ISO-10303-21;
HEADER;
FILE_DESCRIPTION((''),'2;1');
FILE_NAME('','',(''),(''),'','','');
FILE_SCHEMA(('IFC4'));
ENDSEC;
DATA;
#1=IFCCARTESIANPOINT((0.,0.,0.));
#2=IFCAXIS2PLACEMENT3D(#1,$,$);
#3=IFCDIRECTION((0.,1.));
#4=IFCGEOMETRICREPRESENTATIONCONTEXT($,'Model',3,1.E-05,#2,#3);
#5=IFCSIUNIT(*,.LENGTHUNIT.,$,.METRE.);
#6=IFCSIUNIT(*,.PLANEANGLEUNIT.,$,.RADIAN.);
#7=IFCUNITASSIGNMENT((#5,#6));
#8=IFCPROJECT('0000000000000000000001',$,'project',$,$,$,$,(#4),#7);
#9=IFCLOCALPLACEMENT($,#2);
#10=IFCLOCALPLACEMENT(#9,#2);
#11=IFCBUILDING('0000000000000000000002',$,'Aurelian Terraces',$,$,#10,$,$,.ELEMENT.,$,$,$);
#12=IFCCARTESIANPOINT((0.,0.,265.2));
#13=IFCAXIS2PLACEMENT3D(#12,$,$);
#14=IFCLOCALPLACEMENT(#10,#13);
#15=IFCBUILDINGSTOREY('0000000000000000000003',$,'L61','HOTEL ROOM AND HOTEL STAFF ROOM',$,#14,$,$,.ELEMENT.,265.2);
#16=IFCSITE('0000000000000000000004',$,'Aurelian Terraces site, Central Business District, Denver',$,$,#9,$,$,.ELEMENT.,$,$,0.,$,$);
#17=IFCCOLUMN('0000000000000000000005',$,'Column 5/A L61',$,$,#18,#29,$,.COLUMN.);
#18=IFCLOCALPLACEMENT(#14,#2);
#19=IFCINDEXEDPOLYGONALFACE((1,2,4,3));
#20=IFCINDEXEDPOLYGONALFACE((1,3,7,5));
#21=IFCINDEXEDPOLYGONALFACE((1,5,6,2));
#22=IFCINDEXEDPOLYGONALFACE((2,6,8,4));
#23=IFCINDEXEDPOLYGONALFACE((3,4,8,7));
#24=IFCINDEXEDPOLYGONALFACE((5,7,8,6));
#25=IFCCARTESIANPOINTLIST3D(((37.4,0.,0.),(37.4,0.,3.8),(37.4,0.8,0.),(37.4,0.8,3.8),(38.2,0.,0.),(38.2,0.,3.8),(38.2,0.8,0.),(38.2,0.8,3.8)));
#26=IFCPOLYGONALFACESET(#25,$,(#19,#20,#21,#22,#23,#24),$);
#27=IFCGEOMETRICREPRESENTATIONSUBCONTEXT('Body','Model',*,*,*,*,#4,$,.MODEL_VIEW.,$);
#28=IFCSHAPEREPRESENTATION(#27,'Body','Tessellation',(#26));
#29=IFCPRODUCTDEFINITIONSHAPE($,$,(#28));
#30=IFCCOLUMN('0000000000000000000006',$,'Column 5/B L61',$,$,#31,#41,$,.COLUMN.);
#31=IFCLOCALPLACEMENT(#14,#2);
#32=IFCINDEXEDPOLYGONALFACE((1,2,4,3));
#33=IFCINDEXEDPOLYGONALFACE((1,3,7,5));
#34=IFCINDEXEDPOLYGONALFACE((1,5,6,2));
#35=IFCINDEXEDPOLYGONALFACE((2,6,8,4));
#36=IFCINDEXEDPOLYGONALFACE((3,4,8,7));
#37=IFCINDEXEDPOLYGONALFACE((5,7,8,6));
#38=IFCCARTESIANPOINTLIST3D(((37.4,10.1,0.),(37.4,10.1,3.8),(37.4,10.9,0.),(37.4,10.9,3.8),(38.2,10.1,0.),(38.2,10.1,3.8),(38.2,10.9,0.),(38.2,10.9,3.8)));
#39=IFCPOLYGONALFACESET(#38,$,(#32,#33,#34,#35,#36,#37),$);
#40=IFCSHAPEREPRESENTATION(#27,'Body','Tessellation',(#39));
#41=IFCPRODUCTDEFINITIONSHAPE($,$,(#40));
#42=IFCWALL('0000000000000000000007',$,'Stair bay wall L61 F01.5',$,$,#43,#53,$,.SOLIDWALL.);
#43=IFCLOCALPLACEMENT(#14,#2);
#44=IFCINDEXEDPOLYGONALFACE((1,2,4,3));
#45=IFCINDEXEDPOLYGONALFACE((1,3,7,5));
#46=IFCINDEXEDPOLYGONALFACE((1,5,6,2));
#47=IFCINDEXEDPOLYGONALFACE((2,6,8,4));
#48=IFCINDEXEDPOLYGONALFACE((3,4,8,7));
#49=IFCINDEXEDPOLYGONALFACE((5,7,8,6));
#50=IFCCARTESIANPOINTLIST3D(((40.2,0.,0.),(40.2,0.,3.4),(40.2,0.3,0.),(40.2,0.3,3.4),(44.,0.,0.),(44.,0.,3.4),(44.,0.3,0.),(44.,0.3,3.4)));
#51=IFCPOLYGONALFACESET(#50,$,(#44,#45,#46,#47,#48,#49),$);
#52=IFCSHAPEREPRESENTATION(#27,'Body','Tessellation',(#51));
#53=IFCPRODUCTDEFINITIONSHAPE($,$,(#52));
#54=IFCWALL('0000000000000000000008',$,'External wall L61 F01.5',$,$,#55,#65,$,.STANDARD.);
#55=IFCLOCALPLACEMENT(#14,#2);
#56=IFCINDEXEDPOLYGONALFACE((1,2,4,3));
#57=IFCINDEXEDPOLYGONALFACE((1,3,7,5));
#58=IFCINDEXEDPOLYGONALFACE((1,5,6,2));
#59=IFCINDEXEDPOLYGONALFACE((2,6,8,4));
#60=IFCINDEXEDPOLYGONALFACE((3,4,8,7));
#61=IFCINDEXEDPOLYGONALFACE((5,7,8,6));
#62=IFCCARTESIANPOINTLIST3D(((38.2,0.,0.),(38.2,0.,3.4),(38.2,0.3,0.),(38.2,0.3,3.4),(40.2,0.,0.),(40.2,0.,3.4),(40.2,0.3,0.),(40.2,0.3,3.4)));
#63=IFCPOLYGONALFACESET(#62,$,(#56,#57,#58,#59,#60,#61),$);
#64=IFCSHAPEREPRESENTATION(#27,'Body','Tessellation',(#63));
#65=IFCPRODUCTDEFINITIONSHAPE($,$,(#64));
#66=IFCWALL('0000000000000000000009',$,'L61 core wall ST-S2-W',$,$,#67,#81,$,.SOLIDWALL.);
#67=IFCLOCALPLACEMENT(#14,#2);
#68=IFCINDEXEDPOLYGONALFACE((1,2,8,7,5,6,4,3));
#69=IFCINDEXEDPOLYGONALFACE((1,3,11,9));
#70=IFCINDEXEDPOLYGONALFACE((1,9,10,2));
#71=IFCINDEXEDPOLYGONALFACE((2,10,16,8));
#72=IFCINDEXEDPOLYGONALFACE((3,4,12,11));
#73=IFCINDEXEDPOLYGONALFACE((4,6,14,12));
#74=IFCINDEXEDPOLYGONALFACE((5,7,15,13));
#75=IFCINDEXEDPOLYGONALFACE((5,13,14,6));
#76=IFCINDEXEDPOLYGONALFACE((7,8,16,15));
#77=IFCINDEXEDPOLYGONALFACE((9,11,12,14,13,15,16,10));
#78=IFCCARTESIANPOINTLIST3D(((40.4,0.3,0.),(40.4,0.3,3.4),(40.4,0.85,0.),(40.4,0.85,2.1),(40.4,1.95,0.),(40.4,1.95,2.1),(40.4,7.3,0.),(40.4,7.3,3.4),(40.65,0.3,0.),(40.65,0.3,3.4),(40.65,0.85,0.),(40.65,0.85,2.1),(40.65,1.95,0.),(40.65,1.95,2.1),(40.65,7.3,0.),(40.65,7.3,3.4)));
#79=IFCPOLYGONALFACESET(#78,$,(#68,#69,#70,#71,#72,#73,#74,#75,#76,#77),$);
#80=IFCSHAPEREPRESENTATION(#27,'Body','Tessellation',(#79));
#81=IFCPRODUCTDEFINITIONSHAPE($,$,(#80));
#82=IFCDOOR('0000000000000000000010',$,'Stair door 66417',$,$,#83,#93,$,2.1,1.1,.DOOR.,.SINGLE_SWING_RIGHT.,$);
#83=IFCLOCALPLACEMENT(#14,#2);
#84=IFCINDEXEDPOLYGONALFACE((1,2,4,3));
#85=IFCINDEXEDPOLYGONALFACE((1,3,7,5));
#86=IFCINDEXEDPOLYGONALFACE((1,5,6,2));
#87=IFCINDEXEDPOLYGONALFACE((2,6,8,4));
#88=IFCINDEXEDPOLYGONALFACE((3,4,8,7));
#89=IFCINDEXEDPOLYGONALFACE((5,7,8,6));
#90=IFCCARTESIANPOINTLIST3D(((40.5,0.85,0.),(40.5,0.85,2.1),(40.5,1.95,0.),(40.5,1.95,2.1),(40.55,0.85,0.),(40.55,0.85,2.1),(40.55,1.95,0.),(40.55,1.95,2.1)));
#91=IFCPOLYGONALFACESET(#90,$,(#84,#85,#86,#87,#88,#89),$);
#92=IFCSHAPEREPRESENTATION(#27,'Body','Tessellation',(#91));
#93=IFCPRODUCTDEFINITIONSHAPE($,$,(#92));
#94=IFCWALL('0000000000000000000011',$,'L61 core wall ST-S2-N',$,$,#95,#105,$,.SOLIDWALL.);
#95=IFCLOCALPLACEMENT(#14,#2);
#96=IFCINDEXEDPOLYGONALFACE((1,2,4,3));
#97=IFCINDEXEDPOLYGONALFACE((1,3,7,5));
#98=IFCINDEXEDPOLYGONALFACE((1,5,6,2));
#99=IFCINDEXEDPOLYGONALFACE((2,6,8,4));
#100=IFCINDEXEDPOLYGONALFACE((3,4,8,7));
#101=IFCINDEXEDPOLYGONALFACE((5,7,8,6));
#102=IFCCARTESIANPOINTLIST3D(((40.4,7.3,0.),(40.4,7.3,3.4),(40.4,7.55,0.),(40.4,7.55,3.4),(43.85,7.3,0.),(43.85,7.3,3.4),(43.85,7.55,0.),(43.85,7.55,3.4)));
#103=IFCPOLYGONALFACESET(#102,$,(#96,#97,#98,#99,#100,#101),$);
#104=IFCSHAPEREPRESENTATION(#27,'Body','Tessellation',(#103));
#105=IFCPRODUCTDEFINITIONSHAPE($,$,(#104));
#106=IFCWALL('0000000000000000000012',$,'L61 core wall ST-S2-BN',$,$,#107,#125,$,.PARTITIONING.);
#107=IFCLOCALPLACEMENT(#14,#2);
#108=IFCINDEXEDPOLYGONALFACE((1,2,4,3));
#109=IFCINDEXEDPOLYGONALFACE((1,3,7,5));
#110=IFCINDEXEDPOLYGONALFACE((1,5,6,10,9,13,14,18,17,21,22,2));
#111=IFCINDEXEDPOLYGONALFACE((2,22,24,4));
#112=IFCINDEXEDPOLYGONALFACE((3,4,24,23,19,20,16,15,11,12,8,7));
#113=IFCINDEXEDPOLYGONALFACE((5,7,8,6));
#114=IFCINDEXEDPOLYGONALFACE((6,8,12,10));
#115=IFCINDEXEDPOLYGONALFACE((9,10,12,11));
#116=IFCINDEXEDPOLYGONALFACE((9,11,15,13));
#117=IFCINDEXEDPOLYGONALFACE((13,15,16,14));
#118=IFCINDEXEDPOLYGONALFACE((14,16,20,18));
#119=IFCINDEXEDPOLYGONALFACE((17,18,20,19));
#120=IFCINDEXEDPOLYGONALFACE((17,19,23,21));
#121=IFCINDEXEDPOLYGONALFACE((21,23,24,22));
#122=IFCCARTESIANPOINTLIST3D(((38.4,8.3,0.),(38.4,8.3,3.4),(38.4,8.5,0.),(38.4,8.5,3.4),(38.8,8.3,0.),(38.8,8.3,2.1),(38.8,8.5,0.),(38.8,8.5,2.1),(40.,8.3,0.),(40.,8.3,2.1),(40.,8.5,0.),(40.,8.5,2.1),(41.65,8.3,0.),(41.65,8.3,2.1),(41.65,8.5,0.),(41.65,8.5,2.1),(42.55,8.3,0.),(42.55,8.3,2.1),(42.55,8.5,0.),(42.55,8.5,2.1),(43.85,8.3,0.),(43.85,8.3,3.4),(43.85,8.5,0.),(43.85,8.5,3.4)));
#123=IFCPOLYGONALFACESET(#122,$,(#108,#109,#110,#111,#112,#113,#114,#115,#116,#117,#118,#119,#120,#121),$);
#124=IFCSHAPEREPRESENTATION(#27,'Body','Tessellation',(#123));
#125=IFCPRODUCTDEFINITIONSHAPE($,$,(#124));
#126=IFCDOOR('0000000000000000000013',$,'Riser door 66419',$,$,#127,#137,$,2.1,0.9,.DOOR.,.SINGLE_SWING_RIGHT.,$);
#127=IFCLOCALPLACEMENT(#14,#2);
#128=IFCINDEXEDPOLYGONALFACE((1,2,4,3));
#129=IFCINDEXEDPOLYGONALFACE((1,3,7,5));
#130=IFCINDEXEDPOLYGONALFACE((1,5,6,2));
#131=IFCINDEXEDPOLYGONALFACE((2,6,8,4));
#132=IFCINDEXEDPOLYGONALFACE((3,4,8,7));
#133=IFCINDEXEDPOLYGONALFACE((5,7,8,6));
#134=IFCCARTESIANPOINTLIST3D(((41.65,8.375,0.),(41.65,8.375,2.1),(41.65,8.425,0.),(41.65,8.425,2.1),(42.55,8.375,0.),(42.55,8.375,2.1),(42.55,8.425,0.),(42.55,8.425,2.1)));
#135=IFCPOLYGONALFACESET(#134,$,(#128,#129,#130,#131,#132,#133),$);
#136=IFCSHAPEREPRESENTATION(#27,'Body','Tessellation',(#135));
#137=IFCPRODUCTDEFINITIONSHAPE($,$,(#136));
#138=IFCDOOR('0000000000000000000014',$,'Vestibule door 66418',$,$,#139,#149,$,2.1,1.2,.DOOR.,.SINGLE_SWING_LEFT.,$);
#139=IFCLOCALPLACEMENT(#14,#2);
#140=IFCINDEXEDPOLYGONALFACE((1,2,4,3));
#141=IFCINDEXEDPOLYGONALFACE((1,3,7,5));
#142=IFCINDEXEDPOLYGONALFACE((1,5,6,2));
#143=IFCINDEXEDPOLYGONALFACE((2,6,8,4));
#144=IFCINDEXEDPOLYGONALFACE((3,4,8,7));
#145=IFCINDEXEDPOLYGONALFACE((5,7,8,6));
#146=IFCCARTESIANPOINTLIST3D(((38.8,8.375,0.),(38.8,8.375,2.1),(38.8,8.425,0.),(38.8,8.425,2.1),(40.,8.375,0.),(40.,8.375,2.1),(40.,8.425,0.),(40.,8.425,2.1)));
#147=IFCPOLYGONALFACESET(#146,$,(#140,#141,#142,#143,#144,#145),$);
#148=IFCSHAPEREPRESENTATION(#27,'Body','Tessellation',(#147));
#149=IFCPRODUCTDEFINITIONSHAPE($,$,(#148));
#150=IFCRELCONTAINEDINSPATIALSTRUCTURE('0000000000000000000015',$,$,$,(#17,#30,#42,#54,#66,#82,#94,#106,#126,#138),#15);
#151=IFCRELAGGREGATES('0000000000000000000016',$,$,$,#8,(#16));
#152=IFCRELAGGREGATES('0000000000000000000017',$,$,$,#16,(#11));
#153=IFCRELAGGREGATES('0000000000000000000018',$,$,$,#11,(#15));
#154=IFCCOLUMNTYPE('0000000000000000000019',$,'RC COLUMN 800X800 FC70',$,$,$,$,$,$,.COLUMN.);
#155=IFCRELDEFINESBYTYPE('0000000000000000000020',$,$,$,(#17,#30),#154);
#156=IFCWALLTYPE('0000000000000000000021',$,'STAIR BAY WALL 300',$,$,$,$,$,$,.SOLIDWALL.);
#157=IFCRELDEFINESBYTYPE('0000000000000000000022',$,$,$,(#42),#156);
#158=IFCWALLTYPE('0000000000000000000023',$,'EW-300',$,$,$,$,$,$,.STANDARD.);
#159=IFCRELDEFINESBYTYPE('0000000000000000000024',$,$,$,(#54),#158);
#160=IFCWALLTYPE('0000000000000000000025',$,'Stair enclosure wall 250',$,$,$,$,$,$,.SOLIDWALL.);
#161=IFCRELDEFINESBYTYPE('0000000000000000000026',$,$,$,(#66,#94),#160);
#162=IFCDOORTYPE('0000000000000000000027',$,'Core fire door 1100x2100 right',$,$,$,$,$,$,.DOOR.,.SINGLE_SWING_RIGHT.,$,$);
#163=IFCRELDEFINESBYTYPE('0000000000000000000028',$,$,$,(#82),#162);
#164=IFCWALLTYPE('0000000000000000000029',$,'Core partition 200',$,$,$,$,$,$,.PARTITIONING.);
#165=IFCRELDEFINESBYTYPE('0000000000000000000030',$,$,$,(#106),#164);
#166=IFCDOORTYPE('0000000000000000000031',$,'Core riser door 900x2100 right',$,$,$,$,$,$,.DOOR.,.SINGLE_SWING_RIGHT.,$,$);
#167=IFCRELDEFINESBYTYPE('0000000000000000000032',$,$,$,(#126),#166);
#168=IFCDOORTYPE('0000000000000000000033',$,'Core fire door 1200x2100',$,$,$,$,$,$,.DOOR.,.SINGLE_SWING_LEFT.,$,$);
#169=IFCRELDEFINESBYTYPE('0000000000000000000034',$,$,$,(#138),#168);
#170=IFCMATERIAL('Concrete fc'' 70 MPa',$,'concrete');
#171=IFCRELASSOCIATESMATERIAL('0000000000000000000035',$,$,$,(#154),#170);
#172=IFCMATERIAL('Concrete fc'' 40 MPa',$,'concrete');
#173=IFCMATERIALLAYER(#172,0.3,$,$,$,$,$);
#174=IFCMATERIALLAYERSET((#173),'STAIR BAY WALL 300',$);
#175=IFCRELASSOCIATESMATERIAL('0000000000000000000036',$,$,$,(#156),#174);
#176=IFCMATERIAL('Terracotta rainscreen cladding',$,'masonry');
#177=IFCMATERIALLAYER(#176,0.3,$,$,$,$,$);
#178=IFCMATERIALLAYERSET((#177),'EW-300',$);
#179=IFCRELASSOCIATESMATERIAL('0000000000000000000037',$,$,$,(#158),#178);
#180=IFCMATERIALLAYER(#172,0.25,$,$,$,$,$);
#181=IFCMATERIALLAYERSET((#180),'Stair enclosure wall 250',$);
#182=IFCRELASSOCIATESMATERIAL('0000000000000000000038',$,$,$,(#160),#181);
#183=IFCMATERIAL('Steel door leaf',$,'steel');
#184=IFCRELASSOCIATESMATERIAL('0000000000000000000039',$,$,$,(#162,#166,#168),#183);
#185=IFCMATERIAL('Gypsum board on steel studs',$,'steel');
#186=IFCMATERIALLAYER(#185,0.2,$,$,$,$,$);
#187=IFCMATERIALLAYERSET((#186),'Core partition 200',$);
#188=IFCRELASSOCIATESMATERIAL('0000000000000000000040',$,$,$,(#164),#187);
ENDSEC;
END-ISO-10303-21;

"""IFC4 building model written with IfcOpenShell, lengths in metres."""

from ifc_helpers import new_model, si_unit, direction, frame, frame_2d, origin, origin_2d, place, context, subcontext, project, spatial, rectangle, extrude, source, transform, mapped, material, layer, layer_set, material_profile, profile_set, type_object, element, fill, save


model = new_model("IFC4")

# Units and contexts
model_context = context("Model", 3, precision=1e-05, world=origin(), true_north=direction((0.0, 1.0)))
body_context = subcontext(model_context, "Body", "Model", "MODEL_VIEW")
ifc_project = project(units=[si_unit("LENGTHUNIT", "METRE"), si_unit("PLANEANGLEUNIT", "RADIAN")], contexts=[model_context])

# Site, building, storey
site_placement = place(None, origin())
site = spatial("IfcSite", under=ifc_project, at=site_placement, Name="Aurelian Terraces site, Central Business District, Denver", CompositionType="ELEMENT", RefElevation=0.0)
building_placement = place(site_placement, origin())
building = spatial("IfcBuilding", under=site, at=building_placement, Name="Aurelian Terraces", CompositionType="ELEMENT")
storey_placement = place(building_placement, frame((0.0, 0.0, 265.2)))
storey = spatial("IfcBuildingStorey", under=building, at=storey_placement, Name="L61", Description="HOTEL ROOM AND HOTEL STAFF ROOM", CompositionType="ELEMENT", Elevation=265.2)

# Columns
ifc_material_1 = material(Name="Concrete fc' 70 MPa", Category="concrete")
ifc_material_profile = material_profile(ifc_material_1, rectangle(XDim=0.8, YDim=0.8, at=origin_2d()))
ifc_profile_set = profile_set([ifc_material_profile], Name="Concrete fc' 70 MPa")
column_type = type_object("IfcColumnType", Name="RC COLUMN 800X800 FC70", PredefinedType="COLUMN", material=ifc_profile_set)
shared_shape_1 = source(origin(), body_context, "Body", "SweptSolid", [
    extrude(rectangle(XDim=0.8, YDim=0.8, at=origin_2d()), origin(), (0.0, 0.0, 1.0), 3.8),
])
for number, where, z_axis, x_axis, name in (
    (1, (37.8, 0.4, 0.0), (0.0, 0.0, 1.0), (1.0, 0.0, 0.0), "Column 5/A L61"),
    (2, (37.8, 10.5, 0.0), (0.0, 0.0, 1.0), (1.0, 0.0, 0.0), "Column 5/B L61"),
):
    element("IfcColumn", number, at=place(storey_placement, frame(where, z_axis=z_axis, x_axis=x_axis)), inside=storey, type_object=column_type, Name=name, PredefinedType="COLUMN", context=body_context, shape_type="MappedRepresentation", body=[
        mapped(shared_shape_1, transform((0.0, 0.0, 0.0), scale=1.0)),
    ])

# Walls
ifc_material_2 = material(Name="Concrete fc' 40 MPa", Category="concrete")
ifc_layer_1 = layer(ifc_material_2, 0.3)
ifc_layer_set_1 = layer_set([ifc_layer_1], Name="STAIR BAY WALL 300")
wall_type_1 = type_object("IfcWallType", Name="STAIR BAY WALL 300", PredefinedType="SOLIDWALL", material=ifc_layer_set_1)
shared_shape_2 = source(origin(), body_context, "Body", "SweptSolid", [
    extrude(rectangle(XDim=3.8, YDim=0.3, at=frame_2d((1.9, 0.0))), origin(), (0.0, 0.0, 1.0), 3.4),
])
wall_1_placement = place(storey_placement, frame((40.2, 0.15, 0.0), z_axis=(0.0, 0.0, 1.0), x_axis=(1.0, 0.0, 0.0)))
element("IfcWall", 3, at=wall_1_placement, inside=storey, type_object=wall_type_1, Name="Stair bay wall L61 F01.5", PredefinedType="SOLIDWALL", context=body_context, shape_type="MappedRepresentation", body=[
    mapped(shared_shape_2, transform((0.0, 0.0, 0.0), scale=1.0)),
])
ifc_material_3 = material(Name="Terracotta rainscreen cladding", Category="masonry")
ifc_layer_2 = layer(ifc_material_3, 0.3)
ifc_layer_set_2 = layer_set([ifc_layer_2], Name="EW-300")
wall_type_2 = type_object("IfcWallType", Name="EW-300", PredefinedType="STANDARD", material=ifc_layer_set_2)
shared_shape_3 = source(origin(), body_context, "Body", "SweptSolid", [
    extrude(rectangle(XDim=2.0, YDim=0.3, at=frame_2d((1.0, 0.0))), origin(), (0.0, 0.0, 1.0), 3.4),
])
wall_2_placement = place(storey_placement, frame((38.2, 0.15, 0.0), z_axis=(0.0, 0.0, 1.0), x_axis=(1.0, 0.0, 0.0)))
element("IfcWall", 4, at=wall_2_placement, inside=storey, type_object=wall_type_2, Name="External wall L61 F01.5", PredefinedType="STANDARD", context=body_context, shape_type="MappedRepresentation", body=[
    mapped(shared_shape_3, transform((0.0, 0.0, 0.0), scale=1.0)),
])

# Wall, opening, door
ifc_layer_3 = layer(ifc_material_2, 0.25)
ifc_layer_set_3 = layer_set([ifc_layer_3], Name="Stair enclosure wall 250")
wall_type_3 = type_object("IfcWallType", Name="Stair enclosure wall 250", PredefinedType="SOLIDWALL", material=ifc_layer_set_3)
shared_shape_4 = source(origin(), body_context, "Body", "SweptSolid", [
    extrude(rectangle(XDim=7.0, YDim=0.25, at=frame_2d((3.5, 0.0))), origin(), (0.0, 0.0, 1.0), 3.4),
])
wall_3_placement = place(storey_placement, frame((40.525, 0.3, 0.0), z_axis=(0.0, 0.0, 1.0), x_axis=(0.0, 1.0, 0.0)))
wall_3 = element("IfcWall", 5, at=wall_3_placement, inside=storey, type_object=wall_type_3, Name="L61 core wall ST-S2-W", PredefinedType="SOLIDWALL", context=body_context, shape_type="MappedRepresentation", body=[
    mapped(shared_shape_4, transform((0.0, 0.0, 0.0), scale=1.0)),
])
shared_shape_5 = source(origin(), body_context, "Body", "SweptSolid", [
    extrude(rectangle(XDim=1.1, YDim=2.1, at=frame_2d((0.55, 1.05))), frame((0.0, 0.135, 0.0), z_axis=(0.0, -1.0, 0.0), x_axis=(1.0, 0.0, 0.0)), (0.0, 0.0, 1.0), 0.27),
])
opening_1_placement = place(wall_3_placement, frame((0.55, 0.0, 0.0)))
opening_1 = element("IfcOpeningElement", 6, at=opening_1_placement, cuts=wall_3, PredefinedType="OPENING", context=body_context, shape_type="MappedRepresentation", body=[
    mapped(shared_shape_5, transform((0.0, 0.0, 0.0), scale=1.0)),
])
ifc_material_4 = material(Name="Steel door leaf", Category="steel")
door_type_1 = type_object("IfcDoorType", Name="Core fire door 1100x2100 right", OperationType="SINGLE_SWING_RIGHT", PredefinedType="DOOR", material=ifc_material_4)
shared_shape_6 = source(origin(), body_context, "Body", "SweptSolid", [
    extrude(rectangle(XDim=1.1, YDim=2.1, at=frame_2d((0.55, 1.05))), frame((0.0, 0.025, 0.0), z_axis=(0.0, -1.0, 0.0), x_axis=(1.0, 0.0, 0.0)), (0.0, 0.0, 1.0), 0.05),
])
door_1_placement = place(opening_1_placement, origin())
door_1 = element("IfcDoor", 7, at=door_1_placement, inside=storey, type_object=door_type_1, Name="Stair door 66417", OperationType="SINGLE_SWING_RIGHT", OverallHeight=2.1, OverallWidth=1.1, PredefinedType="DOOR", context=body_context, shape_type="MappedRepresentation", body=[
    mapped(shared_shape_6, transform((0.0, 0.0, 0.0), scale=1.0)),
])
fill(opening_1, door_1)

# Wall
shared_shape_7 = source(origin(), body_context, "Body", "SweptSolid", [
    extrude(rectangle(XDim=3.45, YDim=0.25, at=frame_2d((1.725, 0.0))), origin(), (0.0, 0.0, 1.0), 3.4),
])
wall_4_placement = place(storey_placement, frame((40.4, 7.425, 0.0), z_axis=(0.0, 0.0, 1.0), x_axis=(1.0, 0.0, 0.0)))
element("IfcWall", 8, at=wall_4_placement, inside=storey, type_object=wall_type_3, Name="L61 core wall ST-S2-N", PredefinedType="SOLIDWALL", context=body_context, shape_type="MappedRepresentation", body=[
    mapped(shared_shape_7, transform((0.0, 0.0, 0.0), scale=1.0)),
])

# Wall, openings, doors
ifc_material_5 = material(Name="Gypsum board on steel studs", Category="steel")
ifc_layer_4 = layer(ifc_material_5, 0.2)
ifc_layer_set_4 = layer_set([ifc_layer_4], Name="Core partition 200")
wall_type_4 = type_object("IfcWallType", Name="Core partition 200", PredefinedType="PARTITIONING", material=ifc_layer_set_4)
shared_shape_8 = source(origin(), body_context, "Body", "SweptSolid", [
    extrude(rectangle(XDim=5.45, YDim=0.2, at=frame_2d((2.725, 0.0))), origin(), (0.0, 0.0, 1.0), 3.4),
])
wall_5_placement = place(storey_placement, frame((38.4, 8.4, 0.0), z_axis=(0.0, 0.0, 1.0), x_axis=(1.0, 0.0, 0.0)))
wall_5 = element("IfcWall", 9, at=wall_5_placement, inside=storey, type_object=wall_type_4, Name="L61 core wall ST-S2-BN", PredefinedType="PARTITIONING", context=body_context, shape_type="MappedRepresentation", body=[
    mapped(shared_shape_8, transform((0.0, 0.0, 0.0), scale=1.0)),
])
shared_shape_9 = source(origin(), body_context, "Body", "SweptSolid", [
    extrude(rectangle(XDim=1.2, YDim=2.1, at=frame_2d((0.6, 1.05))), frame((0.0, 0.11, 0.0), z_axis=(0.0, -1.0, 0.0), x_axis=(1.0, 0.0, 0.0)), (0.0, 0.0, 1.0), 0.22),
])
opening_2_placement = place(wall_5_placement, frame((0.4, 0.0, 0.0)))
opening_2 = element("IfcOpeningElement", 10, at=opening_2_placement, cuts=wall_5, PredefinedType="OPENING", context=body_context, shape_type="MappedRepresentation", body=[
    mapped(shared_shape_9, transform((0.0, 0.0, 0.0), scale=1.0)),
])
shared_shape_10 = source(origin(), body_context, "Body", "SweptSolid", [
    extrude(rectangle(XDim=0.9, YDim=2.1, at=frame_2d((0.45, 1.05))), frame((0.0, 0.11, 0.0), z_axis=(0.0, -1.0, 0.0), x_axis=(1.0, 0.0, 0.0)), (0.0, 0.0, 1.0), 0.22),
])
opening_3_placement = place(wall_5_placement, frame((3.25, 0.0, 0.0)))
opening_3 = element("IfcOpeningElement", 11, at=opening_3_placement, cuts=wall_5, PredefinedType="OPENING", context=body_context, shape_type="MappedRepresentation", body=[
    mapped(shared_shape_10, transform((0.0, 0.0, 0.0), scale=1.0)),
])
door_type_2 = type_object("IfcDoorType", Name="Core riser door 900x2100 right", OperationType="SINGLE_SWING_RIGHT", PredefinedType="DOOR", material=ifc_material_4)
shared_shape_11 = source(origin(), body_context, "Body", "SweptSolid", [
    extrude(rectangle(XDim=0.9, YDim=2.1, at=frame_2d((0.45, 1.05))), frame((0.0, 0.025, 0.0), z_axis=(0.0, -1.0, 0.0), x_axis=(1.0, 0.0, 0.0)), (0.0, 0.0, 1.0), 0.05),
])
door_2_placement = place(opening_3_placement, origin())
door_2 = element("IfcDoor", 12, at=door_2_placement, inside=storey, type_object=door_type_2, Name="Riser door 66419", OperationType="SINGLE_SWING_RIGHT", OverallHeight=2.1, OverallWidth=0.9, PredefinedType="DOOR", context=body_context, shape_type="MappedRepresentation", body=[
    mapped(shared_shape_11, transform((0.0, 0.0, 0.0), scale=1.0)),
])
fill(opening_3, door_2)
door_type_3 = type_object("IfcDoorType", Name="Core fire door 1200x2100", OperationType="SINGLE_SWING_LEFT", PredefinedType="DOOR", material=ifc_material_4)
shared_shape_12 = source(origin(), body_context, "Body", "SweptSolid", [
    extrude(rectangle(XDim=1.2, YDim=2.1, at=frame_2d((0.6, 1.05))), frame((0.0, 0.025, 0.0), z_axis=(0.0, -1.0, 0.0), x_axis=(1.0, 0.0, 0.0)), (0.0, 0.0, 1.0), 0.05),
])
door_3_placement = place(opening_2_placement, origin())
door_3 = element("IfcDoor", 13, at=door_3_placement, inside=storey, type_object=door_type_3, Name="Vestibule door 66418", OperationType="SINGLE_SWING_LEFT", OverallHeight=2.1, OverallWidth=1.2, PredefinedType="DOOR", context=body_context, shape_type="MappedRepresentation", body=[
    mapped(shared_shape_12, transform((0.0, 0.0, 0.0), scale=1.0)),
])
fill(opening_2, door_3)

save(model, "model.ifc")
